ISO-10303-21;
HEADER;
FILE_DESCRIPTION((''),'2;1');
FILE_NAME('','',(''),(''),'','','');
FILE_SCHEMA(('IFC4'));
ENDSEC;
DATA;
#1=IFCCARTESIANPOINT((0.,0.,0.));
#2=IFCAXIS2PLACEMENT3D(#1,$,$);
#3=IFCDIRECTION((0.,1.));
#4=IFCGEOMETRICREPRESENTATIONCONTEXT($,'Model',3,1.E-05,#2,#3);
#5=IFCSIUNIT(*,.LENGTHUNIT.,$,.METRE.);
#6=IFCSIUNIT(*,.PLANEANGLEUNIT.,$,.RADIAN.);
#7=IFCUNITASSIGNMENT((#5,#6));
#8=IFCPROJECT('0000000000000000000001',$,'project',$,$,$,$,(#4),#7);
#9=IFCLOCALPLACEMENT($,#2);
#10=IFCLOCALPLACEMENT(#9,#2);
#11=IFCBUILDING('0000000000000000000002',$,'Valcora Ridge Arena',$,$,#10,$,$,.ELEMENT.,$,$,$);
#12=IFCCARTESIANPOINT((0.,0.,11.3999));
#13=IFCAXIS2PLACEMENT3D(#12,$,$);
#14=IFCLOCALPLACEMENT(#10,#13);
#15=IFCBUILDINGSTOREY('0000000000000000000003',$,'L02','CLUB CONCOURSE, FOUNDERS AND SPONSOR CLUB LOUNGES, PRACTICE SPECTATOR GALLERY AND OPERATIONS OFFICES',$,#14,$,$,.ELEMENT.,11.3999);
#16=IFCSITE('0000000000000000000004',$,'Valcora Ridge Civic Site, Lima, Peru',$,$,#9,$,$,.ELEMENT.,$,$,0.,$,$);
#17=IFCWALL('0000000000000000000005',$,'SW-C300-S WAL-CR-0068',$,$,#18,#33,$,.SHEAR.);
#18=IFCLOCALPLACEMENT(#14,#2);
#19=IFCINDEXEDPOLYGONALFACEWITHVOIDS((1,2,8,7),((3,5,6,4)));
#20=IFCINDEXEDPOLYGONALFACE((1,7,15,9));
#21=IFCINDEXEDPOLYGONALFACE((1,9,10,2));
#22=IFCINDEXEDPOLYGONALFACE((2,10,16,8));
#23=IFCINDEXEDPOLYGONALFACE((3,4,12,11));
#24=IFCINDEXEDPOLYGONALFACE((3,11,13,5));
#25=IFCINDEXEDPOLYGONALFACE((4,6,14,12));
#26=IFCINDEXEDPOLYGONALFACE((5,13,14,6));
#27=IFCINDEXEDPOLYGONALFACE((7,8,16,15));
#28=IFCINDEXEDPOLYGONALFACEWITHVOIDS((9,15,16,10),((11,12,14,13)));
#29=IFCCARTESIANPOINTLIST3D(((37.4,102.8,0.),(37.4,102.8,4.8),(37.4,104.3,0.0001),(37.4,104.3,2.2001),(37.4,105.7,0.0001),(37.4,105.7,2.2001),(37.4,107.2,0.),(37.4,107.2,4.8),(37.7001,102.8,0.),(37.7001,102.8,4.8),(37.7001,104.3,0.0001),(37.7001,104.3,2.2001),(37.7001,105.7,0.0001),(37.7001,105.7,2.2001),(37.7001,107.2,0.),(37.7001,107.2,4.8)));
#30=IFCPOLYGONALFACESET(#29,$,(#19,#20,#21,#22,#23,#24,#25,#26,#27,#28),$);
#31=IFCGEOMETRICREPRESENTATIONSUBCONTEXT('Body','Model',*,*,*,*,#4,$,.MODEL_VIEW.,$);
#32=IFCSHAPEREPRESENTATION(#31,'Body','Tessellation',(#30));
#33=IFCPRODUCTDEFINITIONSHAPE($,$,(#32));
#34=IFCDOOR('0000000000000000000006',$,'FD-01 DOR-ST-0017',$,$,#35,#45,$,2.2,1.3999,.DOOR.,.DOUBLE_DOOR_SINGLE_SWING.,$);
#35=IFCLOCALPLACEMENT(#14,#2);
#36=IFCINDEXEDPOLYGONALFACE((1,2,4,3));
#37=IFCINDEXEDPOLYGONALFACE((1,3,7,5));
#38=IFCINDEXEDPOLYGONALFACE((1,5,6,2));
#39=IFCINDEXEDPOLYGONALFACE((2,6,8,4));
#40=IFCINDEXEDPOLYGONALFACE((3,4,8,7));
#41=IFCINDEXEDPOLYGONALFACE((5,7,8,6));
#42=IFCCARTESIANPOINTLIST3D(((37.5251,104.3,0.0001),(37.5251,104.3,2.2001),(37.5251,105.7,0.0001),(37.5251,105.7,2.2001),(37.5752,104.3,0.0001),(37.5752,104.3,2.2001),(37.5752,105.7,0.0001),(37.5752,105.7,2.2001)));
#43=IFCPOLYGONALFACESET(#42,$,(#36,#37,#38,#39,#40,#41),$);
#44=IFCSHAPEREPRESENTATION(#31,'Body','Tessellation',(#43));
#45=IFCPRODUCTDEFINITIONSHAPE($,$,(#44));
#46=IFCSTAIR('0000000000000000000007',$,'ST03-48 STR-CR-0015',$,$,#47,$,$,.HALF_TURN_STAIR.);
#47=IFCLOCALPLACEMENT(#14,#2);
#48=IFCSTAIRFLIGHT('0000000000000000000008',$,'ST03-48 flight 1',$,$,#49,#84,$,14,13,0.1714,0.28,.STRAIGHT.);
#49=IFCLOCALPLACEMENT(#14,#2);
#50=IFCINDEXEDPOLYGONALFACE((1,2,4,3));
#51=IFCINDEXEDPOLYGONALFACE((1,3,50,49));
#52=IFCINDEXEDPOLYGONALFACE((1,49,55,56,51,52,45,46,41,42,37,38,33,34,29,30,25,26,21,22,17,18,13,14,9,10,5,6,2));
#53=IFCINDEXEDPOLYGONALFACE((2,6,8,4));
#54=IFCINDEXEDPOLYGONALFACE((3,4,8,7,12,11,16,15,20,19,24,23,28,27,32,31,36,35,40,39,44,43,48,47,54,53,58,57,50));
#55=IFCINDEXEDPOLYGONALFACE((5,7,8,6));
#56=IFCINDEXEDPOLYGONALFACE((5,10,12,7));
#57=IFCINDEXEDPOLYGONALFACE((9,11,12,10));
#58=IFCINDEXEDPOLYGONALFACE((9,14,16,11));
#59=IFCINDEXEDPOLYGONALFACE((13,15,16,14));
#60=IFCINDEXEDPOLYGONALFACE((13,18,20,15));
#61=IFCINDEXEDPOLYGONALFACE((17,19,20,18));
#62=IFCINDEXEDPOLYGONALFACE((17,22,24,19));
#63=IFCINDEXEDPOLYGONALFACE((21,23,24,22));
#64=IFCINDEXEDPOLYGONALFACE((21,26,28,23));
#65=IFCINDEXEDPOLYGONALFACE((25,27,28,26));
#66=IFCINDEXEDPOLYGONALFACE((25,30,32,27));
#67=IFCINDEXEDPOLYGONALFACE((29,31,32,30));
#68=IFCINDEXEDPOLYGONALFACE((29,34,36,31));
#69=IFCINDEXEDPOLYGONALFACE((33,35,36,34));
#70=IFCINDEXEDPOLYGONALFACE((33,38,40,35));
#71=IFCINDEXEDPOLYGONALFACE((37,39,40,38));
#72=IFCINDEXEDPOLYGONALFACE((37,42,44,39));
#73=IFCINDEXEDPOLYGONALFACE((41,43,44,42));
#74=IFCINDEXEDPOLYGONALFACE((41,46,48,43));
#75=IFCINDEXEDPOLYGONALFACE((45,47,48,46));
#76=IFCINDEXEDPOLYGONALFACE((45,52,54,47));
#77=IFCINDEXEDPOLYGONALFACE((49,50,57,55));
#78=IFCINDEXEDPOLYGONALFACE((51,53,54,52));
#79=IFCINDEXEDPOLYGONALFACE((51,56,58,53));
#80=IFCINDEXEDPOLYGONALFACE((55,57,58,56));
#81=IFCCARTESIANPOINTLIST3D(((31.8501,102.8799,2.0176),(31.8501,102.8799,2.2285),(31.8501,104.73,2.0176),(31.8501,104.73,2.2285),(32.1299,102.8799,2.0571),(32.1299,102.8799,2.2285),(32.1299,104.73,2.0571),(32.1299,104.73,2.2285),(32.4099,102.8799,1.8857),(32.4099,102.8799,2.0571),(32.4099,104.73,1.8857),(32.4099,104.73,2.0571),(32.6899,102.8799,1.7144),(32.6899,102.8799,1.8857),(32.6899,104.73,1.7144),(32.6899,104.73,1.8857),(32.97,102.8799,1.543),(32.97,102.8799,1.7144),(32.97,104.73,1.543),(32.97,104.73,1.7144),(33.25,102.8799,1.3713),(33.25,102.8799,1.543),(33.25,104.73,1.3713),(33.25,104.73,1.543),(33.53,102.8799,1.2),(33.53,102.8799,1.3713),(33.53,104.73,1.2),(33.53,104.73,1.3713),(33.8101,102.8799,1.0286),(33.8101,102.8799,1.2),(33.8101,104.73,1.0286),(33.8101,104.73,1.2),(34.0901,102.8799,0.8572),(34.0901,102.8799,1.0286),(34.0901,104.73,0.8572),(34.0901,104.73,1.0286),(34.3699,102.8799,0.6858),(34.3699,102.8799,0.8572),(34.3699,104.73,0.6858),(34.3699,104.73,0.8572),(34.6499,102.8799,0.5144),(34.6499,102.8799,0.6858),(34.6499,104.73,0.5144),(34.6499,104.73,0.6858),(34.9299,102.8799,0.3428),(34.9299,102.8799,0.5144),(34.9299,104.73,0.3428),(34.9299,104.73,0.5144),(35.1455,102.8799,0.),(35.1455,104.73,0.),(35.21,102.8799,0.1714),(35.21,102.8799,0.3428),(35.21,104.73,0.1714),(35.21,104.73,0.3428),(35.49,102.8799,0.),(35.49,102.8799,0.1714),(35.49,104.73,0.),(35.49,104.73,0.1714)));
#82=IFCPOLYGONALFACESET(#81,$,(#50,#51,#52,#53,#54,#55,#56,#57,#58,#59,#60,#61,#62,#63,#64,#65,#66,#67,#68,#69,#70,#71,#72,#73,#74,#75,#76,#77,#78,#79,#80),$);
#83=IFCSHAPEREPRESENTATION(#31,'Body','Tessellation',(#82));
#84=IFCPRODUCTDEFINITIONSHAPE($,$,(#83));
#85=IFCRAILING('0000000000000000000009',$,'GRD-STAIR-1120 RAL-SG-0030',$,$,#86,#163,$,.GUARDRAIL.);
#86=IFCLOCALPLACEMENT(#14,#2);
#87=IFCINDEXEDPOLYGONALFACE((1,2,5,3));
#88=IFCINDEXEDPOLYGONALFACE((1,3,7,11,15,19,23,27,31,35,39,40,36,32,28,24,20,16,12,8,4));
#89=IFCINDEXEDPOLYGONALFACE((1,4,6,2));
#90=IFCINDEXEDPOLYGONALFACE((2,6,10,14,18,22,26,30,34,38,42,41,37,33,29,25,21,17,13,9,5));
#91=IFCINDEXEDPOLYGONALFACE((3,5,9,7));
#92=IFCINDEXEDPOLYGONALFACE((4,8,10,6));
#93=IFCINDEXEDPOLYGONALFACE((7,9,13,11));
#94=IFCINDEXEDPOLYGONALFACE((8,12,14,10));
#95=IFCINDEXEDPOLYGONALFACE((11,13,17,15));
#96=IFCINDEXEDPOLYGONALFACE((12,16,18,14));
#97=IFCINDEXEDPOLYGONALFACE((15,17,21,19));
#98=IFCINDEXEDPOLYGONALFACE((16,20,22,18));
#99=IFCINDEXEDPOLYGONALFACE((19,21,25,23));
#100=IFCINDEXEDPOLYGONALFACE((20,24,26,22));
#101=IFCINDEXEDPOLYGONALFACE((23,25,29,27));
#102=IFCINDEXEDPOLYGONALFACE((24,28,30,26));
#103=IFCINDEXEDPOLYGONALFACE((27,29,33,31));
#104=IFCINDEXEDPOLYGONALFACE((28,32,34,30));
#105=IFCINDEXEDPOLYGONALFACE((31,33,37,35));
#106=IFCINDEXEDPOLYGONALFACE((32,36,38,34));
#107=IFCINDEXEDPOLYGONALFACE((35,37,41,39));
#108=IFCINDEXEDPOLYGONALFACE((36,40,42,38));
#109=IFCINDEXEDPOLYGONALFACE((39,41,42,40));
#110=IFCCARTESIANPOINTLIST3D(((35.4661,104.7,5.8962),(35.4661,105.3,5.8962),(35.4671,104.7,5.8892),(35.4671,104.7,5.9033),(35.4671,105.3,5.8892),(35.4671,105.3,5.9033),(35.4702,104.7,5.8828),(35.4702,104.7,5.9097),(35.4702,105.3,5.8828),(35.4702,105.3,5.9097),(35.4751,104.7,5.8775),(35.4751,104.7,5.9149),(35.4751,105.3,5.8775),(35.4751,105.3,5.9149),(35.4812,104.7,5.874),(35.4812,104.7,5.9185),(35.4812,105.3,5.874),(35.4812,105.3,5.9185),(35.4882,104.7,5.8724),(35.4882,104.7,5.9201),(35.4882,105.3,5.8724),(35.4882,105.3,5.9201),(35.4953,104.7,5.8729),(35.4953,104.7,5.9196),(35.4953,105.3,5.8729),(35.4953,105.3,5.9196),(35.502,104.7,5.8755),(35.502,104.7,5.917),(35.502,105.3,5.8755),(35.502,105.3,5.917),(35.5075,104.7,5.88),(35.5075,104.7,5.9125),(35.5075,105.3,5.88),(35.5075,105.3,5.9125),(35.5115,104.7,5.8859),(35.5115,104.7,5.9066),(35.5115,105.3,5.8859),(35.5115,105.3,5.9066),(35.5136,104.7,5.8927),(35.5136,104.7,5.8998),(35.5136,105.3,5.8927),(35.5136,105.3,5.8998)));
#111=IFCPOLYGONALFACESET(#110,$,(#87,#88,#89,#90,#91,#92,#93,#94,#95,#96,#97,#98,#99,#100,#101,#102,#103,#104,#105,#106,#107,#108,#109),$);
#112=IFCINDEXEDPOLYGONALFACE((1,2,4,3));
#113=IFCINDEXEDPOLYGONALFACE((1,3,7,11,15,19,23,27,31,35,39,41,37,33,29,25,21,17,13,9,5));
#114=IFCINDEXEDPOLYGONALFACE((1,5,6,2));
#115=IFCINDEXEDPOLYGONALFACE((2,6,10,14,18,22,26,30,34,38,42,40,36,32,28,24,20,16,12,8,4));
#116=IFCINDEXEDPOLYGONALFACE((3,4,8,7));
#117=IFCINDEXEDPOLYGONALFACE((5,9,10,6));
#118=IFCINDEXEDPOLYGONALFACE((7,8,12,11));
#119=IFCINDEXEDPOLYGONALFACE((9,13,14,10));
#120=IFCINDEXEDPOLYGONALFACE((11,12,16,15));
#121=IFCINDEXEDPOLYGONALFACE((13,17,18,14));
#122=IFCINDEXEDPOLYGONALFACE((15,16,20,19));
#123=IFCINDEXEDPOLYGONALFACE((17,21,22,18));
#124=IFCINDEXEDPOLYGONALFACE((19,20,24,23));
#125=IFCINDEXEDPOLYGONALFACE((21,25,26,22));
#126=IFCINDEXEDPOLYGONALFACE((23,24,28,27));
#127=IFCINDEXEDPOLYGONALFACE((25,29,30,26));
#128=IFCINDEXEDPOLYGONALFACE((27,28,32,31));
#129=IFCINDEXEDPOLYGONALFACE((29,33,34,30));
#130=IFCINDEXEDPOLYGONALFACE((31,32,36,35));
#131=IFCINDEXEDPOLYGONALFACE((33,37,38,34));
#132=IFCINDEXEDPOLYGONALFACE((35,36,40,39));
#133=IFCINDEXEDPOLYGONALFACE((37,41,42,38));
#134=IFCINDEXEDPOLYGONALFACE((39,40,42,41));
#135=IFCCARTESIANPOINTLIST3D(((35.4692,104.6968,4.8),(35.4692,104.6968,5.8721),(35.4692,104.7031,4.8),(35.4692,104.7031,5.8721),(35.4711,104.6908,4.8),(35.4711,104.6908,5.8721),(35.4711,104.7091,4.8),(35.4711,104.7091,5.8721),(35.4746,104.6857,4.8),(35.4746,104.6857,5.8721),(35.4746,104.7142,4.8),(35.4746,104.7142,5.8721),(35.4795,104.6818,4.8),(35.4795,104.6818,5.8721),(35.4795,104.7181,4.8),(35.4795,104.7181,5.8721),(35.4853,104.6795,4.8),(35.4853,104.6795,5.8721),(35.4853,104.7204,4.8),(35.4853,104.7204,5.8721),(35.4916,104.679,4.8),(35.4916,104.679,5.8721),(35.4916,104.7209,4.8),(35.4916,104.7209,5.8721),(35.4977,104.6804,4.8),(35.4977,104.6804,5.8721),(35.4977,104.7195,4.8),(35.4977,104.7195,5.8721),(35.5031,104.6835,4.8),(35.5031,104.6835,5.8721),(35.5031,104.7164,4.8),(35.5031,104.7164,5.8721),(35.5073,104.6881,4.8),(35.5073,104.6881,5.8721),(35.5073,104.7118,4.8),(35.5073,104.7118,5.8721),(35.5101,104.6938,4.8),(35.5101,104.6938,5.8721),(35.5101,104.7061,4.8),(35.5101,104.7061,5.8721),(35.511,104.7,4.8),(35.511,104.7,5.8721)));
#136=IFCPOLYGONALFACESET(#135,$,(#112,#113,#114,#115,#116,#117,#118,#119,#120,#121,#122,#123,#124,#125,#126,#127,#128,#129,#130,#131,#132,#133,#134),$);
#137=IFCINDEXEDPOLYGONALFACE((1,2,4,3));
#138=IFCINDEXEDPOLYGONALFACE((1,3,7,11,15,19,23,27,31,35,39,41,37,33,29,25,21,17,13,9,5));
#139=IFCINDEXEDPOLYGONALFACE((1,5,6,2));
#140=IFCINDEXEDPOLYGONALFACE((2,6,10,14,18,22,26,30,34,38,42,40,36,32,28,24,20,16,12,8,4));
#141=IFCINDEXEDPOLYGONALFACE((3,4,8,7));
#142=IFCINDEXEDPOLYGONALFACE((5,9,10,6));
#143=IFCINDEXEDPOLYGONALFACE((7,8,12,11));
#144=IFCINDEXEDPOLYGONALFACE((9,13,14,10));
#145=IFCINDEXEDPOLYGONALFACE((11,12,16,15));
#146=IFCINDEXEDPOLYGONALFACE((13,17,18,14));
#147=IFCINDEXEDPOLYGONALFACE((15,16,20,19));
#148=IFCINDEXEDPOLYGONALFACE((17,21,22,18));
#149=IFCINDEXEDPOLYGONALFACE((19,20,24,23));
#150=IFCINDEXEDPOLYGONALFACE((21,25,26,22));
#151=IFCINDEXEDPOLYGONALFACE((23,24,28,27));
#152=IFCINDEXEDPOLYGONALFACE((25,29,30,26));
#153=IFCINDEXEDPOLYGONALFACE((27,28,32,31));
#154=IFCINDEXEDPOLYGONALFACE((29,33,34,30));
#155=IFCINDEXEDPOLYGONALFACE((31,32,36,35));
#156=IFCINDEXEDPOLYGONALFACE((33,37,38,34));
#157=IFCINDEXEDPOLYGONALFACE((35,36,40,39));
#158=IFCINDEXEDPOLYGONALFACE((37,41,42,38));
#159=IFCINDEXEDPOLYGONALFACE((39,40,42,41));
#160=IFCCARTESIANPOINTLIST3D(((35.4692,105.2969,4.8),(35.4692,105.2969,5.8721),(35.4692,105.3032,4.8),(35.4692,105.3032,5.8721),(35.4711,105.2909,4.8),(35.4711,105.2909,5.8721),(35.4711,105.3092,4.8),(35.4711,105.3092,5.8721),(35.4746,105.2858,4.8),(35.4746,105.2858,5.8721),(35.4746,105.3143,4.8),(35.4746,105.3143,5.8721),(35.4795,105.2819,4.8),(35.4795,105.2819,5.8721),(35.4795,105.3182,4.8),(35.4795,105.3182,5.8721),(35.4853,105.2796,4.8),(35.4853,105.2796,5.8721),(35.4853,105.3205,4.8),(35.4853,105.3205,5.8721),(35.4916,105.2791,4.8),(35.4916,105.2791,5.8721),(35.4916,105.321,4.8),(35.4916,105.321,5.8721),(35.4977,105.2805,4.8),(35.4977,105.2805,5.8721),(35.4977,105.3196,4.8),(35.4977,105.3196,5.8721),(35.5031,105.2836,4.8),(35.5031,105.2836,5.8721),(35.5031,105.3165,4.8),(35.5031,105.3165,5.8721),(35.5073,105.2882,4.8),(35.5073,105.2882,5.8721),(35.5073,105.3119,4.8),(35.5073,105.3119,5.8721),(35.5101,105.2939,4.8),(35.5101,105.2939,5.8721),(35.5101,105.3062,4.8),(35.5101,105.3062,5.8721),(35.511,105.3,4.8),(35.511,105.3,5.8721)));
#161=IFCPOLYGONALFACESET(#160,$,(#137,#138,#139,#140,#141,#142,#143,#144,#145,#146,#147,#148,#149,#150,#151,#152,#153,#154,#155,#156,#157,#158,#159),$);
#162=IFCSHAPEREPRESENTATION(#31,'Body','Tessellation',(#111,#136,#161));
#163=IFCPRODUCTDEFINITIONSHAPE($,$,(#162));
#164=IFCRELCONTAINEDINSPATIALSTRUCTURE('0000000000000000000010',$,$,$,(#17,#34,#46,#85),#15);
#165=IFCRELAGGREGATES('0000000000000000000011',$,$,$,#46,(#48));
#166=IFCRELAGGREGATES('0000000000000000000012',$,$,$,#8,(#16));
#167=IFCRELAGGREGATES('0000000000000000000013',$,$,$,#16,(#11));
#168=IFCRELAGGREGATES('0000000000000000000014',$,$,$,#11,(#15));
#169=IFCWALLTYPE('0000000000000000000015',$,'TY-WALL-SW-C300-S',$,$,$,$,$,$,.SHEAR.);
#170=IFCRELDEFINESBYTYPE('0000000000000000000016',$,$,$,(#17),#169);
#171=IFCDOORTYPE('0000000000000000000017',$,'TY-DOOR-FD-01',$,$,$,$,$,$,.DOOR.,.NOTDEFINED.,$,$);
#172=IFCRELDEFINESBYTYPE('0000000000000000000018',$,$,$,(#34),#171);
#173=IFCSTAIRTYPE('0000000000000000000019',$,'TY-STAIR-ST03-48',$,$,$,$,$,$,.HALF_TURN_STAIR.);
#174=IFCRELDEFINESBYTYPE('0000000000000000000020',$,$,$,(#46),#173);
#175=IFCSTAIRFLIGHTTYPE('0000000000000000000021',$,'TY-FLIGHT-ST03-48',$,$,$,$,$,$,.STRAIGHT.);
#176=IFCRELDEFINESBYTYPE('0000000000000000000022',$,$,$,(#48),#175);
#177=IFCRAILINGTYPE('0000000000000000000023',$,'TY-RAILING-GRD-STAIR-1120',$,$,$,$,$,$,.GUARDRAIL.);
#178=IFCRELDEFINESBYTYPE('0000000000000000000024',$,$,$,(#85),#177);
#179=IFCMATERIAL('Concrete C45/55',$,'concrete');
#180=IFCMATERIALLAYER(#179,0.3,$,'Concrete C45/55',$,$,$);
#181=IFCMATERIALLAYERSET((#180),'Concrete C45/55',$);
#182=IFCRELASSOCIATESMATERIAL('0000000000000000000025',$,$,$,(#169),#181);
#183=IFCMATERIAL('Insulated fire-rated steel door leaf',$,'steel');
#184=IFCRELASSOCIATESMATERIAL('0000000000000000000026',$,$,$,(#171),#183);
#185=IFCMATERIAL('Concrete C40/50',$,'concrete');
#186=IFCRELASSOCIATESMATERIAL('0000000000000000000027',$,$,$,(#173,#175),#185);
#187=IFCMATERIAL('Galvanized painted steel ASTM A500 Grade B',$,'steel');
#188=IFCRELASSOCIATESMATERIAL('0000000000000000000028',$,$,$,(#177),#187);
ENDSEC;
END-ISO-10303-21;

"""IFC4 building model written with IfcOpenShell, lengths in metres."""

from ifc_helpers import new_model, si_unit, direction, frame, frame_2d, origin, origin_2d, place, context, subcontext, project, spatial, polyline, rectangle, circle, outline, extrude, material, layer, layer_set, type_object, element, fill, aggregate, save


model = new_model("IFC4")

# Units and contexts
model_context = context("Model", 3, precision=1e-05, world=origin(), true_north=direction((0.0, 1.0)))
body_context = subcontext(model_context, "Body", "Model", "MODEL_VIEW")
ifc_project = project(units=[si_unit("LENGTHUNIT", "METRE"), si_unit("PLANEANGLEUNIT", "RADIAN")], contexts=[model_context])

# Site, building, storey
site_placement = place(None, origin())
site = spatial("IfcSite", under=ifc_project, at=site_placement, Name="Valcora Ridge Civic Site, Lima, Peru", CompositionType="ELEMENT", RefElevation=0.0)
building_placement = place(site_placement, origin())
building = spatial("IfcBuilding", under=site, at=building_placement, Name="Valcora Ridge Arena", CompositionType="ELEMENT")
storey_placement = place(building_placement, frame((0.0, 0.0, 11.3999)))
storey = spatial("IfcBuildingStorey", under=building, at=storey_placement, Name="L02", Description="CLUB CONCOURSE, FOUNDERS AND SPONSOR CLUB LOUNGES, PRACTICE SPECTATOR GALLERY AND OPERATIONS OFFICES", CompositionType="ELEMENT", Elevation=11.3999)

# Shared definitions
ifc_material_1 = material(Name="Concrete C40/50", Category="concrete")

# Wall, opening, door
ifc_material_2 = material(Name="Concrete C45/55", Category="concrete")
ifc_layer_1 = layer(ifc_material_2, 0.3, Name="Concrete C45/55")
ifc_layer_set_1 = layer_set([ifc_layer_1], Name="Concrete C45/55")
wall_type_1 = type_object("IfcWallType", Name="TY-WALL-SW-C300-S", PredefinedType="SHEAR", material=ifc_layer_set_1)
wall_1_placement = place(storey_placement, frame((37.55, 102.8, 0.0), z_axis=(0.0, 0.0, 1.0), x_axis=(0.0, 1.0, 0.0)))
wall_1 = element("IfcWall", 1, at=wall_1_placement, inside=storey, type_object=wall_type_1, Name="SW-C300-S WAL-CR-0068", PredefinedType="SHEAR", context=body_context, shape_type="SweptSolid", body=[
    extrude(rectangle(XDim=4.3999, YDim=0.3, at=frame_2d((2.2, 0.0))), origin(), (0.0, 0.0, 1.0), 4.8),
])
opening_1_placement = place(wall_1_placement, frame((1.5, 0.0, 0.0)))
opening_1 = element("IfcOpeningElement", 2, at=opening_1_placement, cuts=wall_1, PredefinedType="OPENING", context=body_context, shape_type="SweptSolid", body=[
    extrude(rectangle(XDim=1.3999, YDim=2.2, at=frame_2d((0.7, 1.1001))), frame((0.0, 0.1599, 0.0), z_axis=(0.0, -1.0, 0.0), x_axis=(1.0, 0.0, 0.0)), (0.0, 0.0, 1.0), 0.3201),
])
ifc_material_3 = material(Name="Insulated fire-rated steel door leaf", Category="steel")
door_type_1 = type_object("IfcDoorType", Name="TY-DOOR-FD-01", OperationType="NOTDEFINED", PredefinedType="DOOR", material=ifc_material_3)
door_1_placement = place(opening_1_placement, origin())
door_1 = element("IfcDoor", 3, at=door_1_placement, inside=storey, type_object=door_type_1, Name="FD-01 DOR-ST-0017", OperationType="DOUBLE_DOOR_SINGLE_SWING", OverallHeight=2.2, OverallWidth=1.3999, PredefinedType="DOOR", context=body_context, shape_type="SweptSolid", body=[
    extrude(rectangle(XDim=1.3999, YDim=2.2, at=frame_2d((0.7, 1.1001))), frame((0.0, 0.0249, 0.0), z_axis=(0.0, -1.0, 0.0), x_axis=(1.0, 0.0, 0.0)), (0.0, 0.0, 1.0), 0.05),
])
fill(opening_1, door_1)

# Stair, stair flight
stair_type = type_object("IfcStairType", Name="TY-STAIR-ST03-48", PredefinedType="HALF_TURN_STAIR", material=ifc_material_1)
stair_placement = place(storey_placement, origin())
stair = element("IfcStair", 4, at=stair_placement, inside=storey, type_object=stair_type, Name="ST03-48 STR-CR-0015", PredefinedType="HALF_TURN_STAIR")
stair_flight_type = type_object("IfcStairFlightType", Name="TY-FLIGHT-ST03-48", PredefinedType="STRAIGHT", material=ifc_material_1)
stair_flight_placement = place(storey_placement, frame((35.49, 103.8049, 0.0), z_axis=(0.0, 0.0, 1.0), x_axis=(-1.0, 0.0, 0.0)))
stair_flight = element("IfcStairFlight", 5, at=stair_flight_placement, type_object=stair_flight_type, Name="ST03-48 flight 1", NumberOfRisers=14, NumberOfTreads=13, PredefinedType="STRAIGHT", RiserHeight=0.1714, TreadLength=0.28, context=body_context, shape_type="SweptSolid", body=[
    extrude(outline(polyline([(0.0, 0.0), (0.0, 0.1714), (0.28, 0.1714), (0.28, 0.3428), (0.5601, 0.3428), (0.5601, 0.5144), (0.8401, 0.5144), (0.8401, 0.6858), (1.1201, 0.6858), (1.1201, 0.8572), (1.3999, 0.8572), (1.3999, 1.0286), (1.6799, 1.0286), (1.6799, 1.2), (1.96, 1.2), (1.96, 1.3713), (2.24, 1.3713), (2.24, 1.543), (2.52, 1.543), (2.52, 1.7144), (2.8, 1.7144), (2.8, 1.8857), (3.0801, 1.8857), (3.0801, 2.0571), (3.3601, 2.0571), (3.3601, 2.2285), (3.6399, 2.2285), (3.6399, 2.3999), (3.6399, 2.0176), (0.3445, 0.0), (0.0, 0.0)])), frame((0.0, 0.925, 0.0), z_axis=(0.0, -1.0, 0.0), x_axis=(1.0, 0.0, 0.0)), (0.0, 0.0, 1.0), 1.8501),
])
aggregate(stair, [stair_flight])

# Railing
ifc_material_4 = material(Name="Galvanized painted steel ASTM A500 Grade B", Category="steel")
railing_type_1 = type_object("IfcRailingType", Name="TY-RAILING-GRD-STAIR-1120", PredefinedType="GUARDRAIL", material=ifc_material_4)
railing_1_placement = place(storey_placement, frame((35.49, 104.7, 4.8)))
element("IfcRailing", 6, at=railing_1_placement, inside=storey, type_object=railing_type_1, Name="GRD-STAIR-1120 RAL-SG-0030", PredefinedType="GUARDRAIL", context=body_context, shape_type="SweptSolid", body=[
    extrude(circle(Radius=0.0239, at=origin_2d()), frame((0.0, 0.0, 1.0962), z_axis=(0.0, 1.0, 0.0), x_axis=(-1.0, 0.0, 0.0)), (0.0, 0.0, 1.0), 0.6001),
    extrude(circle(Radius=0.021, at=origin_2d()), origin(), (0.0, 0.0, 1.0), 1.072),
    extrude(circle(Radius=0.021, at=origin_2d()), frame((0.0, 0.6001, 0.0)), (0.0, 0.0, 1.0), 1.072),
])

save(model, "model.ifc")
